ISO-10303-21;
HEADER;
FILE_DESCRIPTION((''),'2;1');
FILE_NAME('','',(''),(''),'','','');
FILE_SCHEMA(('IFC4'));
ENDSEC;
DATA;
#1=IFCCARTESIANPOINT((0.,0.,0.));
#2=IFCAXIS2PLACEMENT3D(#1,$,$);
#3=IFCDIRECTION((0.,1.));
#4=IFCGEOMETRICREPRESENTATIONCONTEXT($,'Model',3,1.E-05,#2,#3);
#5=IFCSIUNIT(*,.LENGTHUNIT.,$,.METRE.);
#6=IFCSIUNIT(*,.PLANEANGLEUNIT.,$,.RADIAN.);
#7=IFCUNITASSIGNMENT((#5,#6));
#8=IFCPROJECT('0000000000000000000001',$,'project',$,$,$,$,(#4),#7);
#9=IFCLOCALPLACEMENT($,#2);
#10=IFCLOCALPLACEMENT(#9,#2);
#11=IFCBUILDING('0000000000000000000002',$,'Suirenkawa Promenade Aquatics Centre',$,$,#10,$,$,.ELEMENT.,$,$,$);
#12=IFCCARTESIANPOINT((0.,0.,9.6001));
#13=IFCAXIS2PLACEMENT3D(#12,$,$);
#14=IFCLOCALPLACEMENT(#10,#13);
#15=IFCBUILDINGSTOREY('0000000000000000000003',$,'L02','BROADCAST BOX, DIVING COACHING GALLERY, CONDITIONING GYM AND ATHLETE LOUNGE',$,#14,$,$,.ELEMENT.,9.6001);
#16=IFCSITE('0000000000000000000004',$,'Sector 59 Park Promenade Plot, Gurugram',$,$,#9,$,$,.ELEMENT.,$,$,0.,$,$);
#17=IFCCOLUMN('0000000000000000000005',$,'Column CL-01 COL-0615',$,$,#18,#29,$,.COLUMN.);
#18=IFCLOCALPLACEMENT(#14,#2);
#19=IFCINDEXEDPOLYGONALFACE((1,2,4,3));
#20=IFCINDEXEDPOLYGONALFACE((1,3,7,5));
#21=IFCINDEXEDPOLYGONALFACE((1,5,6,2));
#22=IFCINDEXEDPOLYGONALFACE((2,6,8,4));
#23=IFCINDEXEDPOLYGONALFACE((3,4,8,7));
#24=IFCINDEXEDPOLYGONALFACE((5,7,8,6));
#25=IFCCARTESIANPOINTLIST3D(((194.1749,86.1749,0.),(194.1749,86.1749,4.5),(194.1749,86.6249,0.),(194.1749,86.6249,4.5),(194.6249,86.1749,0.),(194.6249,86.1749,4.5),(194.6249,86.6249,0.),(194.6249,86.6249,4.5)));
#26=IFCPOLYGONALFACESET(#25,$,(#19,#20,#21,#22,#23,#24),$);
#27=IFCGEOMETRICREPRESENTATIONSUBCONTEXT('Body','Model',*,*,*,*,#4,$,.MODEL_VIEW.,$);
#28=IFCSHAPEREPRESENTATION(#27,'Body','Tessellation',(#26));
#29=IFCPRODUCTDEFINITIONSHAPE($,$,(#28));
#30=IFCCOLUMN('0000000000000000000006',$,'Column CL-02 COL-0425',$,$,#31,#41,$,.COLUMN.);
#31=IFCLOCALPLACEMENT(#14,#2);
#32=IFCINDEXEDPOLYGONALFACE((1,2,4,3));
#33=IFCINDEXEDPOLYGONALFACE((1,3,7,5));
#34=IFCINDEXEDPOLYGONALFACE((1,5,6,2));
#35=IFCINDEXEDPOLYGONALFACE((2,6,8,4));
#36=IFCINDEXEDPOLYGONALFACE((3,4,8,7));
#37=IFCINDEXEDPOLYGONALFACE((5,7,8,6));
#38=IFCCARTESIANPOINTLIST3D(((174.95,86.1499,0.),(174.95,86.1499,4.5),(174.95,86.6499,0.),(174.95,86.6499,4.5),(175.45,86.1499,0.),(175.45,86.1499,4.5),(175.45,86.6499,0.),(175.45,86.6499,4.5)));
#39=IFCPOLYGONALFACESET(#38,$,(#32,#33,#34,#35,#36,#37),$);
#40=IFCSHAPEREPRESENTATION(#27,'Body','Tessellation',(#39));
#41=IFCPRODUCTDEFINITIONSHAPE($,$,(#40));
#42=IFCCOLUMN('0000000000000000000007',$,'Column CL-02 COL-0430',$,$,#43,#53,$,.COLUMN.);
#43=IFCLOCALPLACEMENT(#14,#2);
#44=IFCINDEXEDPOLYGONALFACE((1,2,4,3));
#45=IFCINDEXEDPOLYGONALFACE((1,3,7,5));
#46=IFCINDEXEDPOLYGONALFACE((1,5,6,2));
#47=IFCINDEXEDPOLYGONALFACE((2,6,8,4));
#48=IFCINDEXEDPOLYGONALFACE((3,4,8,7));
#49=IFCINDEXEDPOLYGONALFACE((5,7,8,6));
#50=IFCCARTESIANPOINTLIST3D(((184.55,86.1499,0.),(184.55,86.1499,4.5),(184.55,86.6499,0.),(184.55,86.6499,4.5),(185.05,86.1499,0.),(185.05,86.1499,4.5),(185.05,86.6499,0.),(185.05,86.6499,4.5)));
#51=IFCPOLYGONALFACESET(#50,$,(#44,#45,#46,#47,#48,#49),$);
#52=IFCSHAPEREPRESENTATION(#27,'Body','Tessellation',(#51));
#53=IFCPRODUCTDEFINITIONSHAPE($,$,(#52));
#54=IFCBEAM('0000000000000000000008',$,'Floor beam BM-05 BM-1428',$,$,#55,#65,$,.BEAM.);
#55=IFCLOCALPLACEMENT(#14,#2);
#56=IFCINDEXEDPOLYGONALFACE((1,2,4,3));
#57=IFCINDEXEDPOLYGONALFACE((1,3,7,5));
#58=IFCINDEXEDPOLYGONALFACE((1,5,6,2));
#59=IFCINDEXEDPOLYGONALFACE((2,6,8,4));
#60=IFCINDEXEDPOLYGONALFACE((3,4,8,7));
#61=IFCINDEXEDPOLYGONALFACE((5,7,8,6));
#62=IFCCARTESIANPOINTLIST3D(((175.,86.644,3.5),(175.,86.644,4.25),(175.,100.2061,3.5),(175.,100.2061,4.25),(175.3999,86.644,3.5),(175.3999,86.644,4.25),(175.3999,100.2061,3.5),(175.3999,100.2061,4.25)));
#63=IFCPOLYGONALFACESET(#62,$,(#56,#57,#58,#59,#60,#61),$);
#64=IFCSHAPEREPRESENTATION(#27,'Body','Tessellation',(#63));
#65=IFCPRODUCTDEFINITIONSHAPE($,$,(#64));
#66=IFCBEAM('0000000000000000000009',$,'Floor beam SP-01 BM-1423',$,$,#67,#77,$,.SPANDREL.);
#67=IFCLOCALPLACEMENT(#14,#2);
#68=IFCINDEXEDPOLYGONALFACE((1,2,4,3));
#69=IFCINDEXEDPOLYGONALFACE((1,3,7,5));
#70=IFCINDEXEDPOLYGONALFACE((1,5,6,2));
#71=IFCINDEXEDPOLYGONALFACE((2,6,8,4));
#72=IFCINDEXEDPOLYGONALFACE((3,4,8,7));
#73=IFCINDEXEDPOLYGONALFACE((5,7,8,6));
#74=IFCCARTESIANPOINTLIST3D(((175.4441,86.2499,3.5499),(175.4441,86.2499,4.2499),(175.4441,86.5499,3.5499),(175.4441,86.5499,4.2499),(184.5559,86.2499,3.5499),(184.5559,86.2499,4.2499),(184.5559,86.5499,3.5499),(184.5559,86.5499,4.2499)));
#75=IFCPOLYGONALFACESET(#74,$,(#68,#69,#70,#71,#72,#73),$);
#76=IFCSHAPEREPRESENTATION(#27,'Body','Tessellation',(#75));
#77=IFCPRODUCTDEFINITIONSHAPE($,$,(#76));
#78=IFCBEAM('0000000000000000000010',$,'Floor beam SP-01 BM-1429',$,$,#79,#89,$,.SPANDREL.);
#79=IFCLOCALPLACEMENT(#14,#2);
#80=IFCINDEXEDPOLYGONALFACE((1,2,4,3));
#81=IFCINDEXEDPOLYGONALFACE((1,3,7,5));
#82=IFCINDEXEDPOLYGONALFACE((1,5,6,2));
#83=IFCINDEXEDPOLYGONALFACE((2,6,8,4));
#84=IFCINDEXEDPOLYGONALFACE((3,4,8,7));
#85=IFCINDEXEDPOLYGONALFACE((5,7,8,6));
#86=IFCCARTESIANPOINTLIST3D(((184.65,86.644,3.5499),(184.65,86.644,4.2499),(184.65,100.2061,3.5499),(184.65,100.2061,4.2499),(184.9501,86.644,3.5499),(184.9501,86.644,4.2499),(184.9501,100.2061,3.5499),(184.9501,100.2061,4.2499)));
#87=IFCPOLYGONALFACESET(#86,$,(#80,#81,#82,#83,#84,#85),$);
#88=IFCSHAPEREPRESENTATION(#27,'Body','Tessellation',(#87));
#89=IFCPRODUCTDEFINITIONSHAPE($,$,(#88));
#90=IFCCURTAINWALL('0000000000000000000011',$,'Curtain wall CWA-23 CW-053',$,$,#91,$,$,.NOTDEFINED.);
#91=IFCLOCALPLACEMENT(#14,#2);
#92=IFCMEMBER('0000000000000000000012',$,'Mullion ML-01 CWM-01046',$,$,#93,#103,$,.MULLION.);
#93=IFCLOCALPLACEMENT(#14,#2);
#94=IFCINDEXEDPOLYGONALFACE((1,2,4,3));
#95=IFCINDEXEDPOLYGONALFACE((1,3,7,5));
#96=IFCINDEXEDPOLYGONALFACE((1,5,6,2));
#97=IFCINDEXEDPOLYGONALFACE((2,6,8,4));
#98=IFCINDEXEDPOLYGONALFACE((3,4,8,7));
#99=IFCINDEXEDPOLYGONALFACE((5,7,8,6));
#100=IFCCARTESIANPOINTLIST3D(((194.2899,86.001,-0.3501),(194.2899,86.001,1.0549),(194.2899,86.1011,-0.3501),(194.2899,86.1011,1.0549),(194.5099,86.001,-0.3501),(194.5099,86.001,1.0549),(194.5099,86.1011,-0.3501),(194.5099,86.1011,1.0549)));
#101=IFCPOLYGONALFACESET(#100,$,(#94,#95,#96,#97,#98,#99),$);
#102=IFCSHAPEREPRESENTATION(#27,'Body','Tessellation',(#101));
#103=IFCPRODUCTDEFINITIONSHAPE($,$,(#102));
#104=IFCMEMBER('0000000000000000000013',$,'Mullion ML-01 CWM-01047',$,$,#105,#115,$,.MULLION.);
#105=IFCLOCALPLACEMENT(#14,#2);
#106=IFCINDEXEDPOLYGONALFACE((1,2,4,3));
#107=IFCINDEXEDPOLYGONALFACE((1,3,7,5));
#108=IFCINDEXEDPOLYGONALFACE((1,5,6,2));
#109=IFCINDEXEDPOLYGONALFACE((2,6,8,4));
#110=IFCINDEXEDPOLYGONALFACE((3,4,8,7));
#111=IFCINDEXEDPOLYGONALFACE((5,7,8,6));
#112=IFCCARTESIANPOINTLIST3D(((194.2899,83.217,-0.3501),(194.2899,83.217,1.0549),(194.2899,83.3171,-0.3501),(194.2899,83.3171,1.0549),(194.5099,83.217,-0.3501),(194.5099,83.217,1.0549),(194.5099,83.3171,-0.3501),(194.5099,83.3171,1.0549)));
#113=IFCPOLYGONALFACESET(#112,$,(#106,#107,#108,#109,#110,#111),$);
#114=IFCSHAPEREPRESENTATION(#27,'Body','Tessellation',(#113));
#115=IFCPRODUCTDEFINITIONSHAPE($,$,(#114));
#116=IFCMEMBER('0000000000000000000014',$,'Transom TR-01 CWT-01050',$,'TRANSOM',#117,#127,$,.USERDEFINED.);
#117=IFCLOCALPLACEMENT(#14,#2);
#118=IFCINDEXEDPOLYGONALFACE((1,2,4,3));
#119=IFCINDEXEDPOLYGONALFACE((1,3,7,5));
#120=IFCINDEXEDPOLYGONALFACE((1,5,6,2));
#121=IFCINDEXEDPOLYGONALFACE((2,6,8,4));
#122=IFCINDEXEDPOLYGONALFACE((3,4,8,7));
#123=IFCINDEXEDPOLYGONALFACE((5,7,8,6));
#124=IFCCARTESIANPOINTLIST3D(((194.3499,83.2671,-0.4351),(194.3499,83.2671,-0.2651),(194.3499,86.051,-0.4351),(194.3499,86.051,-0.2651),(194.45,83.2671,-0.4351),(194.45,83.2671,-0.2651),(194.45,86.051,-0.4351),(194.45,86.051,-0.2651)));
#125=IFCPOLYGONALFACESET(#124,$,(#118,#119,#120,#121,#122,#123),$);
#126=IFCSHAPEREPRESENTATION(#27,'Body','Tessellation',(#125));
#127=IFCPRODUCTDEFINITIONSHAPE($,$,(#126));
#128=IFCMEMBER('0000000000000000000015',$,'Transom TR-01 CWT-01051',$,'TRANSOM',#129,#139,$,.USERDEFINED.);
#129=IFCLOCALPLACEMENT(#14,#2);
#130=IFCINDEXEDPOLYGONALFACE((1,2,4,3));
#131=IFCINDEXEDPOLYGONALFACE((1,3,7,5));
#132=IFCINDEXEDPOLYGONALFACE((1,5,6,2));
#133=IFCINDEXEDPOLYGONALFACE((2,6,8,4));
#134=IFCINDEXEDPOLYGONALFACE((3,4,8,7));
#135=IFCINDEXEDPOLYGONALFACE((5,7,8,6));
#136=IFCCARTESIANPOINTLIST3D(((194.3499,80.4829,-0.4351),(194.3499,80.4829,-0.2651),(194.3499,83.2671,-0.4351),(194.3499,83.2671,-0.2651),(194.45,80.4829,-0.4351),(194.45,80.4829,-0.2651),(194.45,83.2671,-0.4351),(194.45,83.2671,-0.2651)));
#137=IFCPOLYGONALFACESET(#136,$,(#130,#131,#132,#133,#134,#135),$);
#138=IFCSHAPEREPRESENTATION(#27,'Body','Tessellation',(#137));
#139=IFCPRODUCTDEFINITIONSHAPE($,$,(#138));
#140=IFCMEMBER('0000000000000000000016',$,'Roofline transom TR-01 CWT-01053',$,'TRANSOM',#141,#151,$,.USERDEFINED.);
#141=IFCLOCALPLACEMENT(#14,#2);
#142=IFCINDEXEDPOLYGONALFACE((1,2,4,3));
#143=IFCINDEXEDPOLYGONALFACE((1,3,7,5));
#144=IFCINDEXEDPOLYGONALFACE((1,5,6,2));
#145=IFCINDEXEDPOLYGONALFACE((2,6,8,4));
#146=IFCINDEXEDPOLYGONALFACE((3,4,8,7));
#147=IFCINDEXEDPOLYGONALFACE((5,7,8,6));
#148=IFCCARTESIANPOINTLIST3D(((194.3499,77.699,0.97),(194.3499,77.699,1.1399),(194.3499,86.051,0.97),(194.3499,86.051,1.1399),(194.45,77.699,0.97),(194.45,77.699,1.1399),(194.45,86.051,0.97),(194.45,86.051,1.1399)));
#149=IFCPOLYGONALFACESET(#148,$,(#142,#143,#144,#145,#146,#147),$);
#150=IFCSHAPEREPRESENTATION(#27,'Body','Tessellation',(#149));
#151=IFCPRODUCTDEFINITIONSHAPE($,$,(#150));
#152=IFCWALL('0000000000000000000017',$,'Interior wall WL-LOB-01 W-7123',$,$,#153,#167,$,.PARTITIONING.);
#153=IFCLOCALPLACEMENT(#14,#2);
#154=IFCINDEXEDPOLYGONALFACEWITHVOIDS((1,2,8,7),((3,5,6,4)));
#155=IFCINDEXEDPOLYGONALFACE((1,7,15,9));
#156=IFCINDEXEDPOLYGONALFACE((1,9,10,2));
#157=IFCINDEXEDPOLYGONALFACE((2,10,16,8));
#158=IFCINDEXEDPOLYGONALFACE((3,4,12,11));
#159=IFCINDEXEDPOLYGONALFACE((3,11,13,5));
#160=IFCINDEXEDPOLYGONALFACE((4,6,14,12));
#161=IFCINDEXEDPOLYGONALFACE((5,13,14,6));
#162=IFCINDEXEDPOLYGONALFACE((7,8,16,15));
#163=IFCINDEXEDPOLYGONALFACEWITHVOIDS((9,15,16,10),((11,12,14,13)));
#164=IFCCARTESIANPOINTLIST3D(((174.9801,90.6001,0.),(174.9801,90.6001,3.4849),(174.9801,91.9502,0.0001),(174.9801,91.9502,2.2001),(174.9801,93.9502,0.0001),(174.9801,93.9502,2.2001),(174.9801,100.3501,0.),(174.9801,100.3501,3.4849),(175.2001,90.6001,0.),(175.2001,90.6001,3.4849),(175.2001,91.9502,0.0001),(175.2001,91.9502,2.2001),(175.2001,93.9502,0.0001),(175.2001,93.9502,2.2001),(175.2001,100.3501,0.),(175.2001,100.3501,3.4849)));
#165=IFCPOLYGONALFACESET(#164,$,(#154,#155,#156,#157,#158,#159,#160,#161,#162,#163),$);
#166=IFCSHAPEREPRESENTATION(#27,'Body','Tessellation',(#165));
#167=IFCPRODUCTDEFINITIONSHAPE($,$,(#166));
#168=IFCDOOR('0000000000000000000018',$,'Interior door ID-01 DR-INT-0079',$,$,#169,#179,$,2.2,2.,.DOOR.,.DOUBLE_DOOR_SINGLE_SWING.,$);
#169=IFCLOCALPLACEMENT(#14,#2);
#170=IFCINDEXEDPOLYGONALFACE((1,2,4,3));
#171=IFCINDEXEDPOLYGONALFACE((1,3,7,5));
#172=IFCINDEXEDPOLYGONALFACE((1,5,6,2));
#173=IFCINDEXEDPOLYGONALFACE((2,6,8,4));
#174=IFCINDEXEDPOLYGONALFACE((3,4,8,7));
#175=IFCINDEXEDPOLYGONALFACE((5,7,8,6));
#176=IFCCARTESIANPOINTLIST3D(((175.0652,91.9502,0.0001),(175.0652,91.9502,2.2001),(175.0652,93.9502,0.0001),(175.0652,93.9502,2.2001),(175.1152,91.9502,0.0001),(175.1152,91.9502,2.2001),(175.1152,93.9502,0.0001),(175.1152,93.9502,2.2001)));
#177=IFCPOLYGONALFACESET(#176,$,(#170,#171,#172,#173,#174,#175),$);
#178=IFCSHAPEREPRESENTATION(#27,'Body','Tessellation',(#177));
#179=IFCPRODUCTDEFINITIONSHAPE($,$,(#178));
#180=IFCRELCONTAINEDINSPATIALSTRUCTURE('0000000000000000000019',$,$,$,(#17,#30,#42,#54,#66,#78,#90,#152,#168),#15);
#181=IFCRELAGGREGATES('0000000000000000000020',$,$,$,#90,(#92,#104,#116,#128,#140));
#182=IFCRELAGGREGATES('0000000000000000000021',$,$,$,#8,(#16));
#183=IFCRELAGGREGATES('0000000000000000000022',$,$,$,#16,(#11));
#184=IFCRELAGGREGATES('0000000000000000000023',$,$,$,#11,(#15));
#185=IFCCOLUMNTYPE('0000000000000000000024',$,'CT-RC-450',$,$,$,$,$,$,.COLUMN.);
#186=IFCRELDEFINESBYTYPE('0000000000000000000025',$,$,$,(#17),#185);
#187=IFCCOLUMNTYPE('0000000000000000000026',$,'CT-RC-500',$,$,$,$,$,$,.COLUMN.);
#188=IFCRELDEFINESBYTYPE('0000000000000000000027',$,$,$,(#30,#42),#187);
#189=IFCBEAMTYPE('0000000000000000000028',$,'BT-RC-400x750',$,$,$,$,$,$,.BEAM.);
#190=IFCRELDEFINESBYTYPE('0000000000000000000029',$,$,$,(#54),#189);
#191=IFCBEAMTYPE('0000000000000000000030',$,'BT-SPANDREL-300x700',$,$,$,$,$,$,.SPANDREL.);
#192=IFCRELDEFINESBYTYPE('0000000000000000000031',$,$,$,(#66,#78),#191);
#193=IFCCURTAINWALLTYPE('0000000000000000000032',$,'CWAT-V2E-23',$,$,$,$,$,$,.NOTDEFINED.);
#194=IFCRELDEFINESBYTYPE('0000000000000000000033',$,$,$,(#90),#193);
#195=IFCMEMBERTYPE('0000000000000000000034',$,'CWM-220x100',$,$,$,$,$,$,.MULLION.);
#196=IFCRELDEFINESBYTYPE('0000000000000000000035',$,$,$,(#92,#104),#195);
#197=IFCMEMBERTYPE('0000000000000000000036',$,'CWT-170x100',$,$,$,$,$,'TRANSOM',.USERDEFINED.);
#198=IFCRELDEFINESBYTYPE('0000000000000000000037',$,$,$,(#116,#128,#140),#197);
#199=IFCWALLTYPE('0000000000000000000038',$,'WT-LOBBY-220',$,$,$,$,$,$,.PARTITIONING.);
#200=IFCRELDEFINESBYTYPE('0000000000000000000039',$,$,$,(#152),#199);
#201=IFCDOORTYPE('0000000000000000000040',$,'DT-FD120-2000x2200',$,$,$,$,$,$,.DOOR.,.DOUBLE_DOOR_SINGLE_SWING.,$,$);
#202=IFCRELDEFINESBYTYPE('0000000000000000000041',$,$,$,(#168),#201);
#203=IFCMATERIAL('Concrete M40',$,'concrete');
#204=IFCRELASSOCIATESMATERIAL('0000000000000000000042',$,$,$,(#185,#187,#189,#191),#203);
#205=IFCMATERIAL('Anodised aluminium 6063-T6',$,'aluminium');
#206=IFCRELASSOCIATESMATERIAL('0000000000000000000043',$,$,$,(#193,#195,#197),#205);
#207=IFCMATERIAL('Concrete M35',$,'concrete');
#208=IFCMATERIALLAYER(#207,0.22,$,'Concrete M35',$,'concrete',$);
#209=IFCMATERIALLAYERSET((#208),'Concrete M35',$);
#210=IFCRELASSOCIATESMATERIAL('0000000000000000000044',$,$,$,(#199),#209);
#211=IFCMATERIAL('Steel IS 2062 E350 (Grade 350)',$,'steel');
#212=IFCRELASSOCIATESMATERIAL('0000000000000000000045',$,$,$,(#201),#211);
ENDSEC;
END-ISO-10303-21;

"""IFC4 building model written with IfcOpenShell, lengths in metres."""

from ifc_helpers import new_model, si_unit, direction, frame, frame_2d, origin, origin_2d, place, context, subcontext, project, spatial, rectangle, extrude, material, layer, layer_set, material_profile, profile_set, type_object, element, fill, aggregate, save


model = new_model("IFC4")

# Units and contexts
model_context = context("Model", 3, precision=1e-05, world=origin(), true_north=direction((0.0, 1.0)))
body_context = subcontext(model_context, "Body", "Model", "MODEL_VIEW")
ifc_project = project(units=[si_unit("LENGTHUNIT", "METRE"), si_unit("PLANEANGLEUNIT", "RADIAN")], contexts=[model_context])

# Site, building, storey
site_placement = place(None, origin())
site = spatial("IfcSite", under=ifc_project, at=site_placement, Name="Sector 59 Park Promenade Plot, Gurugram", CompositionType="ELEMENT", RefElevation=0.0)
building_placement = place(site_placement, origin())
building = spatial("IfcBuilding", under=site, at=building_placement, Name="Suirenkawa Promenade Aquatics Centre", CompositionType="ELEMENT")
storey_placement = place(building_placement, frame((0.0, 0.0, 9.6001)))
storey = spatial("IfcBuildingStorey", under=building, at=storey_placement, Name="L02", Description="BROADCAST BOX, DIVING COACHING GALLERY, CONDITIONING GYM AND ATHLETE LOUNGE", CompositionType="ELEMENT", Elevation=9.6001)

# Columns
ifc_material_1 = material(Name="Concrete M40", Category="concrete")
ifc_material_profile_1 = material_profile(ifc_material_1, rectangle(XDim=0.45, YDim=0.45, at=origin_2d()), Name="RC COL 450x450", Category="concrete")
ifc_profile_set_1 = profile_set([ifc_material_profile_1], Name="Concrete M40")
column_type_1 = type_object("IfcColumnType", Name="CT-RC-450", PredefinedType="COLUMN", material=ifc_profile_set_1)
column_placement = place(storey_placement, frame((194.3999, 86.3999, 0.0), z_axis=(0.0, 0.0, 1.0), x_axis=(1.0, 0.0, 0.0)))
element("IfcColumn", 1, at=column_placement, inside=storey, type_object=column_type_1, Name="Column CL-01 COL-0615", PredefinedType="COLUMN", context=body_context, shape_type="SweptSolid", body=[
    extrude(rectangle(XDim=0.45, YDim=0.45, at=origin_2d()), origin(), (0.0, 0.0, 1.0), 4.5),
])
ifc_material_profile_2 = material_profile(ifc_material_1, rectangle(XDim=0.5, YDim=0.5, at=origin_2d()), Name="RC COL 500x500", Category="concrete")
ifc_profile_set_2 = profile_set([ifc_material_profile_2], Name="Concrete M40")
column_type_2 = type_object("IfcColumnType", Name="CT-RC-500", PredefinedType="COLUMN", material=ifc_profile_set_2)
for number, where, z_axis, x_axis, name in (
    (2, (175.2, 86.3999, 0.0), (0.0, 0.0, 1.0), (1.0, 0.0, 0.0), "Column CL-02 COL-0425"),
    (3, (184.8, 86.3999, 0.0), (0.0, 0.0, 1.0), (1.0, 0.0, 0.0), "Column CL-02 COL-0430"),
):
    element("IfcColumn", number, at=place(storey_placement, frame(where, z_axis=z_axis, x_axis=x_axis)), inside=storey, type_object=column_type_2, Name=name, PredefinedType="COLUMN", context=body_context, shape_type="SweptSolid", body=[
        extrude(rectangle(XDim=0.5, YDim=0.5, at=origin_2d()), origin(), (0.0, 0.0, 1.0), 4.5),
    ])

# Beams
ifc_material_profile_3 = material_profile(ifc_material_1, rectangle(XDim=0.3999, YDim=0.75, at=origin_2d()), Name="RC BM 400x750", Category="concrete")
ifc_profile_set_3 = profile_set([ifc_material_profile_3], Name="Concrete M40")
beam_type_1 = type_object("IfcBeamType", Name="BT-RC-400x750", PredefinedType="BEAM", material=ifc_profile_set_3)
beam_1_placement = place(storey_placement, frame((175.2, 86.644, 3.875), z_axis=(0.0, 1.0, 0.0), x_axis=(-1.0, 0.0, 0.0)))
element("IfcBeam", 4, at=beam_1_placement, inside=storey, type_object=beam_type_1, Name="Floor beam BM-05 BM-1428", PredefinedType="BEAM", context=body_context, shape_type="SweptSolid", body=[
    extrude(rectangle(XDim=0.3999, YDim=0.75, at=origin_2d()), origin(), (0.0, 0.0, 1.0), 13.562),
])
ifc_material_profile_4 = material_profile(ifc_material_1, rectangle(XDim=0.3, YDim=0.7, at=origin_2d()), Name="RC SPANDREL 300x700", Category="concrete")
ifc_profile_set_4 = profile_set([ifc_material_profile_4], Name="Concrete M40")
beam_type_2 = type_object("IfcBeamType", Name="BT-SPANDREL-300x700", PredefinedType="SPANDREL", material=ifc_profile_set_4)
beam_2_placement = place(storey_placement, frame((175.4441, 86.3999, 3.8999), z_axis=(1.0, 0.0, 0.0), x_axis=(0.0, 1.0, 0.0)))
element("IfcBeam", 5, at=beam_2_placement, inside=storey, type_object=beam_type_2, Name="Floor beam SP-01 BM-1423", PredefinedType="SPANDREL", context=body_context, shape_type="SweptSolid", body=[
    extrude(rectangle(XDim=0.3, YDim=0.7, at=origin_2d()), origin(), (0.0, 0.0, 1.0), 9.1118),
])
beam_3_placement = place(storey_placement, frame((184.8, 86.644, 3.8999), z_axis=(0.0, 1.0, 0.0), x_axis=(-1.0, 0.0, 0.0)))
element("IfcBeam", 6, at=beam_3_placement, inside=storey, type_object=beam_type_2, Name="Floor beam SP-01 BM-1429", PredefinedType="SPANDREL", context=body_context, shape_type="SweptSolid", body=[
    extrude(rectangle(XDim=0.3, YDim=0.7, at=origin_2d()), origin(), (0.0, 0.0, 1.0), 13.562),
])

# Curtain wall, members
ifc_material_2 = material(Name="Anodised aluminium 6063-T6", Category="aluminium")
curtain_wall_type = type_object("IfcCurtainWallType", Name="CWAT-V2E-23", PredefinedType="NOTDEFINED", material=ifc_material_2)
curtain_wall_placement = place(storey_placement, origin())
curtain_wall = element("IfcCurtainWall", 7, at=curtain_wall_placement, inside=storey, type_object=curtain_wall_type, Name="Curtain wall CWA-23 CW-053", PredefinedType="NOTDEFINED")
ifc_material_profile_5 = material_profile(ifc_material_2, rectangle(XDim=0.1001, YDim=0.22, at=origin_2d()), Name="ALU MULL 100x220", Category="aluminium")
ifc_profile_set_5 = profile_set([ifc_material_profile_5], Name="Anodised aluminium 6063-T6")
member_type_1 = type_object("IfcMemberType", Name="CWM-220x100", PredefinedType="MULLION", material=ifc_profile_set_5)
member_1_placement = place(storey_placement, frame((194.3999, 86.051, -0.3501), z_axis=(0.0, 0.0, 1.0), x_axis=(0.0, -1.0, 0.0)))
member_1 = element("IfcMember", 8, at=member_1_placement, type_object=member_type_1, Name="Mullion ML-01 CWM-01046", PredefinedType="MULLION", context=body_context, shape_type="SweptSolid", body=[
    extrude(rectangle(XDim=0.1001, YDim=0.22, at=origin_2d()), origin(), (0.0, 0.0, 1.0), 1.405),
])
member_2_placement = place(storey_placement, frame((194.3999, 83.2671, -0.3501), z_axis=(0.0, 0.0, 1.0), x_axis=(0.0, -1.0, 0.0)))
member_2 = element("IfcMember", 9, at=member_2_placement, type_object=member_type_1, Name="Mullion ML-01 CWM-01047", PredefinedType="MULLION", context=body_context, shape_type="SweptSolid", body=[
    extrude(rectangle(XDim=0.1001, YDim=0.22, at=origin_2d()), origin(), (0.0, 0.0, 1.0), 1.405),
])
ifc_material_profile_6 = material_profile(ifc_material_2, rectangle(XDim=0.1001, YDim=0.1699, at=origin_2d()), Name="ALU TRAN 100x170", Category="aluminium")
ifc_profile_set_6 = profile_set([ifc_material_profile_6], Name="Anodised aluminium 6063-T6")
member_type_2 = type_object("IfcMemberType", Name="CWT-170x100", ElementType="TRANSOM", PredefinedType="USERDEFINED", material=ifc_profile_set_6)
member_3_placement = place(storey_placement, frame((194.3999, 86.051, -0.3501), z_axis=(0.0, -1.0, 0.0), x_axis=(1.0, 0.0, 0.0)))
member_3 = element("IfcMember", 10, at=member_3_placement, type_object=member_type_2, Name="Transom TR-01 CWT-01050", ObjectType="TRANSOM", PredefinedType="USERDEFINED", context=body_context, shape_type="SweptSolid", body=[
    extrude(rectangle(XDim=0.1001, YDim=0.1699, at=origin_2d()), origin(), (0.0, 0.0, 1.0), 2.7839),
])
member_4_placement = place(storey_placement, frame((194.3999, 83.2671, -0.3501), z_axis=(0.0, -1.0, 0.0), x_axis=(1.0, 0.0, 0.0)))
member_4 = element("IfcMember", 11, at=member_4_placement, type_object=member_type_2, Name="Transom TR-01 CWT-01051", ObjectType="TRANSOM", PredefinedType="USERDEFINED", context=body_context, shape_type="SweptSolid", body=[
    extrude(rectangle(XDim=0.1001, YDim=0.1699, at=origin_2d()), origin(), (0.0, 0.0, 1.0), 2.7842),
])
member_5_placement = place(storey_placement, frame((194.3999, 86.051, 1.0549), z_axis=(0.0, -1.0, 0.0), x_axis=(1.0, 0.0, 0.0)))
member_5 = element("IfcMember", 12, at=member_5_placement, type_object=member_type_2, Name="Roofline transom TR-01 CWT-01053", ObjectType="TRANSOM", PredefinedType="USERDEFINED", context=body_context, shape_type="SweptSolid", body=[
    extrude(rectangle(XDim=0.1001, YDim=0.1699, at=origin_2d()), origin(), (0.0, 0.0, 1.0), 8.3521),
])
aggregate(curtain_wall, [member_1, member_2, member_3, member_4, member_5])

# Wall, opening, door
ifc_material_3 = material(Name="Concrete M35", Category="concrete")
ifc_layer_1 = layer(ifc_material_3, 0.22, Name="Concrete M35", Category="concrete")
ifc_layer_set_1 = layer_set([ifc_layer_1], Name="Concrete M35")
wall_type_1 = type_object("IfcWallType", Name="WT-LOBBY-220", PredefinedType="PARTITIONING", material=ifc_layer_set_1)
wall_1_placement = place(storey_placement, frame((175.0901, 90.6001, 0.0), z_axis=(0.0, 0.0, 1.0), x_axis=(0.0, 1.0, 0.0)))
wall_1 = element("IfcWall", 13, at=wall_1_placement, inside=storey, type_object=wall_type_1, Name="Interior wall WL-LOB-01 W-7123", PredefinedType="PARTITIONING", context=body_context, shape_type="SweptSolid", body=[
    extrude(rectangle(XDim=9.75, YDim=0.22, at=frame_2d((4.875, 0.0))), origin(), (0.0, 0.0, 1.0), 3.4849),
])
opening_1_placement = place(wall_1_placement, frame((1.3501, 0.0, 0.0)))
opening_1 = element("IfcOpeningElement", 14, at=opening_1_placement, cuts=wall_1, PredefinedType="OPENING", context=body_context, shape_type="SweptSolid", body=[
    extrude(rectangle(XDim=2.0, YDim=2.2, at=frame_2d((1.0, 1.1001))), frame((0.0, 0.1199, 0.0), z_axis=(0.0, -1.0, 0.0), x_axis=(1.0, 0.0, 0.0)), (0.0, 0.0, 1.0), 0.24),
])
ifc_material_4 = material(Name="Steel IS 2062 E350 (Grade 350)", Category="steel")
door_type_1 = type_object("IfcDoorType", Name="DT-FD120-2000x2200", OperationType="DOUBLE_DOOR_SINGLE_SWING", PredefinedType="DOOR", material=ifc_material_4)
door_1_placement = place(opening_1_placement, origin())
door_1 = element("IfcDoor", 15, at=door_1_placement, inside=storey, type_object=door_type_1, Name="Interior door ID-01 DR-INT-0079", OperationType="DOUBLE_DOOR_SINGLE_SWING", OverallHeight=2.2, OverallWidth=2.0, PredefinedType="DOOR", context=body_context, shape_type="SweptSolid", body=[
    extrude(rectangle(XDim=2.0, YDim=2.2, at=frame_2d((1.0, 1.1001))), frame((0.0, 0.0249, 0.0), z_axis=(0.0, -1.0, 0.0), x_axis=(1.0, 0.0, 0.0)), (0.0, 0.0, 1.0), 0.05),
])
fill(opening_1, door_1)

save(model, "model.ifc")
